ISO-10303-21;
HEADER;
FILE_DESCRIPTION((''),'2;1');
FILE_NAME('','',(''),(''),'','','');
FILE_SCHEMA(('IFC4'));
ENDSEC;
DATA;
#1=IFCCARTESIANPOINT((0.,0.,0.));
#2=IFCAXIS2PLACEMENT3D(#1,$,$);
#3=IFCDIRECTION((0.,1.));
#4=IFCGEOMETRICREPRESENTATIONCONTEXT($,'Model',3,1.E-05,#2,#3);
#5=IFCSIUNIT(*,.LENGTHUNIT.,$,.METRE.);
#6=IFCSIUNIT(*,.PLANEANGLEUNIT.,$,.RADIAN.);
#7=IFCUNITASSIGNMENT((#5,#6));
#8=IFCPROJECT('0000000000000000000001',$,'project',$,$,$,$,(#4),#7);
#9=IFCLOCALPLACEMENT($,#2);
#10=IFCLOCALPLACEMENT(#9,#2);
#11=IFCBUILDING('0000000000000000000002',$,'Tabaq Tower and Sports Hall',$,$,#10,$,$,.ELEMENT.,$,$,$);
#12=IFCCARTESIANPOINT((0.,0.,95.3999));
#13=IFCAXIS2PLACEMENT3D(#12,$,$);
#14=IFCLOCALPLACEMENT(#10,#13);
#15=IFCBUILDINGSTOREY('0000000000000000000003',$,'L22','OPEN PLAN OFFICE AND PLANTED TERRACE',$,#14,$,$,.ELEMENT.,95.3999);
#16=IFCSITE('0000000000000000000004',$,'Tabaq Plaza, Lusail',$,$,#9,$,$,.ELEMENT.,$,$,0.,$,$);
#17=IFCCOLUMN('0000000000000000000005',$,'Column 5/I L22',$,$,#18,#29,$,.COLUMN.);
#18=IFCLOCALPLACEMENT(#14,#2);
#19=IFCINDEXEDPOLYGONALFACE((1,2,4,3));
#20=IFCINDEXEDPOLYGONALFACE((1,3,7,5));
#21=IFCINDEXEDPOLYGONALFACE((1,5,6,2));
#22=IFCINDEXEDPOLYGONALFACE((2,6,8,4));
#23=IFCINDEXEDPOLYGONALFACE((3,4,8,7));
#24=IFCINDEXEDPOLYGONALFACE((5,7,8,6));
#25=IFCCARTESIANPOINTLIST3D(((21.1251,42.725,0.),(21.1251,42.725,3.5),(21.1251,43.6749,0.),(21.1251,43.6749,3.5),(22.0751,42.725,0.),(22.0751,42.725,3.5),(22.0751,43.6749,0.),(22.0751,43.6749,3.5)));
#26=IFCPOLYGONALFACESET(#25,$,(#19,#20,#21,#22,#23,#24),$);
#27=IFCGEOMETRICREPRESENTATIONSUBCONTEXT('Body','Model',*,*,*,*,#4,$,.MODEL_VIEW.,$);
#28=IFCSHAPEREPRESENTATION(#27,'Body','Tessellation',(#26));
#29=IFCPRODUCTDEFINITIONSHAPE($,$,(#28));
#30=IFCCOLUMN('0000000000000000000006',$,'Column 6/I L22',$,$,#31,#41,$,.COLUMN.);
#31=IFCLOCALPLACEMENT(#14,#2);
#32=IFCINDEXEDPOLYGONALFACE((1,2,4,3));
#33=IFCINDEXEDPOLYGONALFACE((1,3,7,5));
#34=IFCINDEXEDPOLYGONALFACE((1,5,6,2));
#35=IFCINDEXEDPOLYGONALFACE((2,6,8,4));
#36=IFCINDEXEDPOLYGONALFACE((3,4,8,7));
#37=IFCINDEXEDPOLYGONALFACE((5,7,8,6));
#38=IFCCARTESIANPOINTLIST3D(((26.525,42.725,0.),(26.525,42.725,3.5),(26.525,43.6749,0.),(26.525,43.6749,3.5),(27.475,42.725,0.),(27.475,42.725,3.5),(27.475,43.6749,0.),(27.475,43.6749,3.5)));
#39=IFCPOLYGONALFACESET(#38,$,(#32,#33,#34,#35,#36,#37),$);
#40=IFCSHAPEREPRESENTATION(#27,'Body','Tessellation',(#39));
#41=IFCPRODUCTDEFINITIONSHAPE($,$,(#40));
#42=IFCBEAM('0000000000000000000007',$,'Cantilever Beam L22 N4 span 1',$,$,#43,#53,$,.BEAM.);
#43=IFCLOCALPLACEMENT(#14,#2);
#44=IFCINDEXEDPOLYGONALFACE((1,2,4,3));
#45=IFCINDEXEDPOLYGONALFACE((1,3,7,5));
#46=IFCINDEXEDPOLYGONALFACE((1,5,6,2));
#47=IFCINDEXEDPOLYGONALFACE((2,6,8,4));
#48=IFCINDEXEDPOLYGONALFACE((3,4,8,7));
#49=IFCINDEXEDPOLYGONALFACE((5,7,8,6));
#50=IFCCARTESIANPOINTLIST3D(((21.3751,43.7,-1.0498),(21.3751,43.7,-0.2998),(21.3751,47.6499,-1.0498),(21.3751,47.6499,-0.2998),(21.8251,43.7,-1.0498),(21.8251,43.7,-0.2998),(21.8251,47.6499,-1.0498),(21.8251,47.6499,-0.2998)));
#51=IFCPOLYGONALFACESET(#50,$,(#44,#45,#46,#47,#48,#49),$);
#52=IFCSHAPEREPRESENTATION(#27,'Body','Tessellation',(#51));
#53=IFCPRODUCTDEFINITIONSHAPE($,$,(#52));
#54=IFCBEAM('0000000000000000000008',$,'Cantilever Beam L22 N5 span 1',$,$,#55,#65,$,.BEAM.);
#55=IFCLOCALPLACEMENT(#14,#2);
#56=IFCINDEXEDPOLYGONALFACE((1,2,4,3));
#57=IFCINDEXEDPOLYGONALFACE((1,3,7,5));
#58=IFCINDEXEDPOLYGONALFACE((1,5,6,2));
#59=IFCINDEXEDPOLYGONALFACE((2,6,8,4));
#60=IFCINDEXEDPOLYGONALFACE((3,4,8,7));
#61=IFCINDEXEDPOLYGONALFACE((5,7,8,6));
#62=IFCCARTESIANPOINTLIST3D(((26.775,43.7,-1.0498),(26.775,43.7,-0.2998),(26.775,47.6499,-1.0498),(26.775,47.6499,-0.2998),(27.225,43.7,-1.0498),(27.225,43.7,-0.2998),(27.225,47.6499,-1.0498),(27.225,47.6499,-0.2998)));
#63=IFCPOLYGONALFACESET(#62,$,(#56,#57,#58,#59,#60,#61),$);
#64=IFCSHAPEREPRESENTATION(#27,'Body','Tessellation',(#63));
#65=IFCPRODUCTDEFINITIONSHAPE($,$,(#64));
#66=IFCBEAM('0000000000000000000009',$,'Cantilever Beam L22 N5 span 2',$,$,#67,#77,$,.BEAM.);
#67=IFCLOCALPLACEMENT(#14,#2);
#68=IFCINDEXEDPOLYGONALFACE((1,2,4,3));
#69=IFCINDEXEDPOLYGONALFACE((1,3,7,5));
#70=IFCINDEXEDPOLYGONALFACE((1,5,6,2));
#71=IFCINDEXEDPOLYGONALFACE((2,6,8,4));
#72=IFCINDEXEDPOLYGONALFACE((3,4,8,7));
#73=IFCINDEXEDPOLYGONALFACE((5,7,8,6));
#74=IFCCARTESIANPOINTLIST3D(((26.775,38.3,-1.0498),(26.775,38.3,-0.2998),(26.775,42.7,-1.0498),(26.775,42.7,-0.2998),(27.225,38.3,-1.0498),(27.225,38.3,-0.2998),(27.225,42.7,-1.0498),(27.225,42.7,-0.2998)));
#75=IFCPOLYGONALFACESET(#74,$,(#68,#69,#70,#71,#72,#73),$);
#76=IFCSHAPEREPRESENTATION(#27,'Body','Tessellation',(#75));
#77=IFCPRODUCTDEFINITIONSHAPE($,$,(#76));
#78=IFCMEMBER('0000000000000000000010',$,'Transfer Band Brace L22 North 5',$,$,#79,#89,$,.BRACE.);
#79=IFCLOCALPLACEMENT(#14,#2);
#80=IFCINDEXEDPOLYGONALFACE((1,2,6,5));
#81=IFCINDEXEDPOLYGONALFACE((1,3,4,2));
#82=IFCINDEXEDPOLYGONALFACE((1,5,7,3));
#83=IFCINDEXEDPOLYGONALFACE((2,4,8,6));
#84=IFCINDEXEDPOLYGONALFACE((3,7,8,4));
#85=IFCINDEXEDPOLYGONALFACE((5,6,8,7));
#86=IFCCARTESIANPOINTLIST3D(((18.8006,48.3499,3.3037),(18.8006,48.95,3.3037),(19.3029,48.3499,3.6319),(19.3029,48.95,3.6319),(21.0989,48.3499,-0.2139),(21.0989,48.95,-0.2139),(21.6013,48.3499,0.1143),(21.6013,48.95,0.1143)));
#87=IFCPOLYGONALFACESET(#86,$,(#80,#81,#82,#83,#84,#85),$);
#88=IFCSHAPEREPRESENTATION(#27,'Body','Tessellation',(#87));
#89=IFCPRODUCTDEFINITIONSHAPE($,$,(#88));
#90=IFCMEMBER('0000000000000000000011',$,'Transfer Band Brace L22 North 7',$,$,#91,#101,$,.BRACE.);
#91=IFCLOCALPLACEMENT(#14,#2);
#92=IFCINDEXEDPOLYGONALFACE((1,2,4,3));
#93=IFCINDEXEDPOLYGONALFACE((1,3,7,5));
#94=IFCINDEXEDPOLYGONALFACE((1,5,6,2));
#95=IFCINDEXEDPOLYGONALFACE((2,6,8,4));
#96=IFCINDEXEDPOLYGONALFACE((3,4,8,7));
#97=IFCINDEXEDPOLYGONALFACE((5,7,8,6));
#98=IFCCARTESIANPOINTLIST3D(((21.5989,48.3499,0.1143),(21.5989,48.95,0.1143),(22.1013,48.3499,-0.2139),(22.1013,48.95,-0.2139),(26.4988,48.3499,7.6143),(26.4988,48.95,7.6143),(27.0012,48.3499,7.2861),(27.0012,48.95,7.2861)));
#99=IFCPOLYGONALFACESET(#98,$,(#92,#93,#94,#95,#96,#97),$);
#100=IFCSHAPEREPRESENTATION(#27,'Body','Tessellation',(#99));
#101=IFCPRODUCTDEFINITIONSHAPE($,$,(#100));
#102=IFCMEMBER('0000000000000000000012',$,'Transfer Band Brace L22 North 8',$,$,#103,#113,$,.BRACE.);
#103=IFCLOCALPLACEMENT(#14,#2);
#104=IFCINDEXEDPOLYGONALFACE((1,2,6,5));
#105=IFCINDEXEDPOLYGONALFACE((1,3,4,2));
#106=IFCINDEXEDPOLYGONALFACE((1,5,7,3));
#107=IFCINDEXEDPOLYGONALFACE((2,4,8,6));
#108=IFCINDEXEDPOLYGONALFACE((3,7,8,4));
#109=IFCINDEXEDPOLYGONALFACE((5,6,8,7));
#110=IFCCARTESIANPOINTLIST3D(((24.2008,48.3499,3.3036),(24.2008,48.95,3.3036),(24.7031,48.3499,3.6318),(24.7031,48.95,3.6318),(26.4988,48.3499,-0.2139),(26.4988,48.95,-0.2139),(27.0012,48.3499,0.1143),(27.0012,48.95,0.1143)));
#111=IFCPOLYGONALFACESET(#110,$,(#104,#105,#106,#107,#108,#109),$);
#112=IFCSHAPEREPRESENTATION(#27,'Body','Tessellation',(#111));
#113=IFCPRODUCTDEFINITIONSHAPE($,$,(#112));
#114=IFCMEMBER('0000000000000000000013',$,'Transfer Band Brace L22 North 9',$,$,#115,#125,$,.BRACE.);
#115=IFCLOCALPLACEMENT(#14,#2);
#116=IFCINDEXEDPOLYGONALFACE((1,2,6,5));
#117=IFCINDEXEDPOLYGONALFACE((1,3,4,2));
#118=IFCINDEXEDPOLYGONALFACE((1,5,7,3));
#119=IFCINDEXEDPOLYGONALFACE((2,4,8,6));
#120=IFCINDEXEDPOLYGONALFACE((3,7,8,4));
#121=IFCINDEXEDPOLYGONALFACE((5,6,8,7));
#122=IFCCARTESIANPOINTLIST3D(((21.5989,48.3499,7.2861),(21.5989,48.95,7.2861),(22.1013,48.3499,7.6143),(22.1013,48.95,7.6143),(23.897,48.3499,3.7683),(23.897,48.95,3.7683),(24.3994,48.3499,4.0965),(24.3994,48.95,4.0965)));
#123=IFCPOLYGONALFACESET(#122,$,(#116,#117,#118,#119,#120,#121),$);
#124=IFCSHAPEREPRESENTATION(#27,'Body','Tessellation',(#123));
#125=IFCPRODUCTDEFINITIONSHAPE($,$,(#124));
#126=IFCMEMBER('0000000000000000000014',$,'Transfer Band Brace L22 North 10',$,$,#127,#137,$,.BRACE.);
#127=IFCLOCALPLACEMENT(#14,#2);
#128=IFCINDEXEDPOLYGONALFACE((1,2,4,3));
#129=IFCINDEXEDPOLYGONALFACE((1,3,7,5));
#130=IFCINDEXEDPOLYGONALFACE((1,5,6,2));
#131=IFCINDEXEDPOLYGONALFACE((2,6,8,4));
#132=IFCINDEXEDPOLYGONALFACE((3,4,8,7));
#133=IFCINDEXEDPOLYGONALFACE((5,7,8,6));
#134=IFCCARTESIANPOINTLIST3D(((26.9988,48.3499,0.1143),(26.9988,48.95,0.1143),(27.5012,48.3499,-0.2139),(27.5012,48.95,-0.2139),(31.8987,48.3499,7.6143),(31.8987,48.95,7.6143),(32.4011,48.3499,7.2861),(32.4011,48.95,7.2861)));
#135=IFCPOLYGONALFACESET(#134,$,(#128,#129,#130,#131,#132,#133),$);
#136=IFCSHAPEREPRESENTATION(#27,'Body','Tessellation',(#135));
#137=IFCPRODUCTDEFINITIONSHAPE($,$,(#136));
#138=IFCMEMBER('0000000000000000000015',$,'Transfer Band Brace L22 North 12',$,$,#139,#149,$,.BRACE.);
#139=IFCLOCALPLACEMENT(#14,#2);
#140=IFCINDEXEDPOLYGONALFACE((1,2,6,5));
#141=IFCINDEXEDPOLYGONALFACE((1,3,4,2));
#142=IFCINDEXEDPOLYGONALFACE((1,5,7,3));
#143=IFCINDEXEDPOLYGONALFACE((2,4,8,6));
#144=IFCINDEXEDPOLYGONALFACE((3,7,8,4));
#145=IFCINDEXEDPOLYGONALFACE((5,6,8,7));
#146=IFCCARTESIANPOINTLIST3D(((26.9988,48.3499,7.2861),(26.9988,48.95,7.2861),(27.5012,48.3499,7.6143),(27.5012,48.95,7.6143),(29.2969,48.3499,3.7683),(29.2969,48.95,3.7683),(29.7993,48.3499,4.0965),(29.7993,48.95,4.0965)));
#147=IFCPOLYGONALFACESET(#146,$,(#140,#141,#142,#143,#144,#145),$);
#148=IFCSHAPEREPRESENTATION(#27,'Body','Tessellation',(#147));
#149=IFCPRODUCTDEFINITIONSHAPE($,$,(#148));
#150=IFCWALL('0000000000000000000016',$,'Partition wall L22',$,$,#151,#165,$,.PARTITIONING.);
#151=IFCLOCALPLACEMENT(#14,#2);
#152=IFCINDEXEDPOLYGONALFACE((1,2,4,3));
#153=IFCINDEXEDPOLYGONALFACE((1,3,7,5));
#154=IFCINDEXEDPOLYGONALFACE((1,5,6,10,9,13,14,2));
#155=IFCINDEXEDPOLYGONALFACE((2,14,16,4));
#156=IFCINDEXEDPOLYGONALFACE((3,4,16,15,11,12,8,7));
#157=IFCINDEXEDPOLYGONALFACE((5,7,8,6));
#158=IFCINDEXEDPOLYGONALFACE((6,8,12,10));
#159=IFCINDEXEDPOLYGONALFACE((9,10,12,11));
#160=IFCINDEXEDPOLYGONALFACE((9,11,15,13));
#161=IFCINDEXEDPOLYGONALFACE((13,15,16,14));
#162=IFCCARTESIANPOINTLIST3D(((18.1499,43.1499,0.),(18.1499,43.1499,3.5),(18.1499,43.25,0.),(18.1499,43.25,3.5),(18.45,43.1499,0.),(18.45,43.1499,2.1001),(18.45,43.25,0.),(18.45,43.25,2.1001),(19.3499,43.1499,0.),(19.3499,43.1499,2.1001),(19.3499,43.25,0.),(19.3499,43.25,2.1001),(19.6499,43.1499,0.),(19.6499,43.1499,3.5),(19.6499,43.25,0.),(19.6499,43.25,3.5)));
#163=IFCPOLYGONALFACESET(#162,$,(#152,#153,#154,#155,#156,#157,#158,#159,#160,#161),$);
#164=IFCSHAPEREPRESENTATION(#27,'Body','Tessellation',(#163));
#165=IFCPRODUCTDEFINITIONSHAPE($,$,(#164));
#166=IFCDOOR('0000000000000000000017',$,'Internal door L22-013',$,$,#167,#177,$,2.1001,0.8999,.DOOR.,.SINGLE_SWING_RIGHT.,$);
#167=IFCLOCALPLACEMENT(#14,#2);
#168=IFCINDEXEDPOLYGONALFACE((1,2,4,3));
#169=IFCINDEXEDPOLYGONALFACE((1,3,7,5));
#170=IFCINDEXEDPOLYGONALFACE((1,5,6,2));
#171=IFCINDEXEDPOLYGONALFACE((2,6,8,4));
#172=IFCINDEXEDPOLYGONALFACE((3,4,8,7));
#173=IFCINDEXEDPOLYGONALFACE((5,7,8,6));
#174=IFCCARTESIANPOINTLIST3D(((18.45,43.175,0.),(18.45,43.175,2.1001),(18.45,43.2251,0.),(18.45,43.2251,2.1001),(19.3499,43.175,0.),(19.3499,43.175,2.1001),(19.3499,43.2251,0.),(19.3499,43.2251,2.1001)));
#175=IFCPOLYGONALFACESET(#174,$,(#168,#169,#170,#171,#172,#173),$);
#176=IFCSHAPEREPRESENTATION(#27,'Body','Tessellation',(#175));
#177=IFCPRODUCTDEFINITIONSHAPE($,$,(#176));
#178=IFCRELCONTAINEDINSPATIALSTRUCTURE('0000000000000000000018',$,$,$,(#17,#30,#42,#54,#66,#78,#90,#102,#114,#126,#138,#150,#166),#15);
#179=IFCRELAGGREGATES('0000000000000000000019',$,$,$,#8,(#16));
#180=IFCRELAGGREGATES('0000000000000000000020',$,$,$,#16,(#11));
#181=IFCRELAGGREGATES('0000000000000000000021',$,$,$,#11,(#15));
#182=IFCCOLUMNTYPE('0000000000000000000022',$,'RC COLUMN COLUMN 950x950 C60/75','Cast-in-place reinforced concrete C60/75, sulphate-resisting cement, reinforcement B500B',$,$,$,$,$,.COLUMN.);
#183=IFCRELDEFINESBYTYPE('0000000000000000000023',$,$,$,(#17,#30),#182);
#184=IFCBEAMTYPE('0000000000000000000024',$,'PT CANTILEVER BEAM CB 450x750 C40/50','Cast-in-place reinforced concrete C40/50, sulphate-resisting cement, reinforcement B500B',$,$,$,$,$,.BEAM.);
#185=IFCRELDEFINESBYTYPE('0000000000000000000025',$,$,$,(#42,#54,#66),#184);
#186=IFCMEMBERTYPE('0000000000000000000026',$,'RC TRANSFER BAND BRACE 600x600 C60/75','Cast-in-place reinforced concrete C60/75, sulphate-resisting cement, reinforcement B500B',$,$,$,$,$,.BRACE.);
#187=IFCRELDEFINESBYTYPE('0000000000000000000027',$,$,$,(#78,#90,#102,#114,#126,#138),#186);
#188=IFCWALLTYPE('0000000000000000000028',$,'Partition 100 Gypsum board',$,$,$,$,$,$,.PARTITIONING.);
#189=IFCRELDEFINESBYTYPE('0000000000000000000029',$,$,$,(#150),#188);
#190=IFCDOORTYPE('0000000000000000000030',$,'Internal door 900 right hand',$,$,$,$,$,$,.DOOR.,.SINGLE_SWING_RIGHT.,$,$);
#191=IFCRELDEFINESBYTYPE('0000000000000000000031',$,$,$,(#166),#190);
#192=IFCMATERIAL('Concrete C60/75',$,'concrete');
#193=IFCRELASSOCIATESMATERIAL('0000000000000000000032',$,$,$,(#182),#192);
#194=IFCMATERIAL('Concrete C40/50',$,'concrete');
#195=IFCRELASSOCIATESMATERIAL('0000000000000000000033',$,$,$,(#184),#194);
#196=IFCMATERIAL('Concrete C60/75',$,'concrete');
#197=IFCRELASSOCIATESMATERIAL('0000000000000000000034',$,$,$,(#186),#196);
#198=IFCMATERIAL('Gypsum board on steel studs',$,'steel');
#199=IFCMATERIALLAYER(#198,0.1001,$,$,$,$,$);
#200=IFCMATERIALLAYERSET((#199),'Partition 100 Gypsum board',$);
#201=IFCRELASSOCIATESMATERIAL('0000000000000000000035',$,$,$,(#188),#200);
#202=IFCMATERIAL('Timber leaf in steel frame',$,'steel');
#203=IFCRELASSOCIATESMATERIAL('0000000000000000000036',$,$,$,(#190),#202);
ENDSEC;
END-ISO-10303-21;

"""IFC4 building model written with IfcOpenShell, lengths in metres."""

from ifc_helpers import new_model, si_unit, direction, frame, frame_2d, origin, origin_2d, place, context, subcontext, project, spatial, rectangle, extrude, material, layer, layer_set, material_profile, profile_set, type_object, element, fill, save


model = new_model("IFC4")

# Units and contexts
model_context = context("Model", 3, precision=1e-05, world=origin(), true_north=direction((0.0, 1.0)))
body_context = subcontext(model_context, "Body", "Model", "MODEL_VIEW")
ifc_project = project(units=[si_unit("LENGTHUNIT", "METRE"), si_unit("PLANEANGLEUNIT", "RADIAN")], contexts=[model_context])

# Site, building, storey
site_placement = place(None, origin())
site = spatial("IfcSite", under=ifc_project, at=site_placement, Name="Tabaq Plaza, Lusail", CompositionType="ELEMENT", RefElevation=0.0)
building_placement = place(site_placement, origin())
building = spatial("IfcBuilding", under=site, at=building_placement, Name="Tabaq Tower and Sports Hall", CompositionType="ELEMENT")
storey_placement = place(building_placement, frame((0.0, 0.0, 95.3999)))
storey = spatial("IfcBuildingStorey", under=building, at=storey_placement, Name="L22", Description="OPEN PLAN OFFICE AND PLANTED TERRACE", CompositionType="ELEMENT", Elevation=95.3999)

# Columns
ifc_material_1 = material(Name="Concrete C60/75", Category="concrete")
ifc_material_profile_1 = material_profile(ifc_material_1, rectangle(XDim=0.95, YDim=0.95, at=origin_2d()), Name="COLUMN 950x950")
ifc_profile_set_1 = profile_set([ifc_material_profile_1], Name="Concrete C60/75")
column_type = type_object("IfcColumnType", Name="RC COLUMN COLUMN 950x950 C60/75", Description="Cast-in-place reinforced concrete C60/75, sulphate-resisting cement, reinforcement B500B", PredefinedType="COLUMN", material=ifc_profile_set_1)
for number, where, z_axis, x_axis, name in (
    (1, (21.6001, 43.2, 0.0), (0.0, 0.0, 1.0), (1.0, 0.0, 0.0), "Column 5/I L22"),
    (2, (27.0, 43.2, 0.0), (0.0, 0.0, 1.0), (1.0, 0.0, 0.0), "Column 6/I L22"),
):
    element("IfcColumn", number, at=place(storey_placement, frame(where, z_axis=z_axis, x_axis=x_axis)), inside=storey, type_object=column_type, Name=name, PredefinedType="COLUMN", context=body_context, shape_type="SweptSolid", body=[
        extrude(rectangle(XDim=0.95, YDim=0.95, at=origin_2d()), origin(), (0.0, 0.0, 1.0), 3.5),
    ])

# Beams
ifc_material_2 = material(Name="Concrete C40/50", Category="concrete")
ifc_material_profile_2 = material_profile(ifc_material_2, rectangle(XDim=0.45, YDim=0.75, at=origin_2d()), Name="CB 450x750")
ifc_profile_set_2 = profile_set([ifc_material_profile_2], Name="Concrete C40/50")
beam_type = type_object("IfcBeamType", Name="PT CANTILEVER BEAM CB 450x750 C40/50", Description="Cast-in-place reinforced concrete C40/50, sulphate-resisting cement, reinforcement B500B", PredefinedType="BEAM", material=ifc_profile_set_2)
for number, where, z_axis, x_axis, name in (
    (3, (21.6001, 47.6499, -0.6748), (0.0, -1.0, 0.0), (1.0, 0.0, 0.0), "Cantilever Beam L22 N4 span 1"),
    (4, (27.0, 47.6499, -0.6748), (0.0, -1.0, 0.0), (1.0, 0.0, 0.0), "Cantilever Beam L22 N5 span 1"),
):
    element("IfcBeam", number, at=place(storey_placement, frame(where, z_axis=z_axis, x_axis=x_axis)), inside=storey, type_object=beam_type, Name=name, PredefinedType="BEAM", context=body_context, shape_type="SweptSolid", body=[
        extrude(rectangle(XDim=0.45, YDim=0.75, at=origin_2d()), origin(), (0.0, 0.0, 1.0), 3.95),
    ])
beam_placement = place(storey_placement, frame((27.0, 42.7, -0.6748), z_axis=(0.0, -1.0, 0.0), x_axis=(1.0, 0.0, 0.0)))
element("IfcBeam", 5, at=beam_placement, inside=storey, type_object=beam_type, Name="Cantilever Beam L22 N5 span 2", PredefinedType="BEAM", context=body_context, shape_type="SweptSolid", body=[
    extrude(rectangle(XDim=0.45, YDim=0.75, at=origin_2d()), origin(), (0.0, 0.0, 1.0), 4.3999),
])

# Members
ifc_material_3 = material(Name="Concrete C60/75", Category="concrete")
ifc_material_profile_3 = material_profile(ifc_material_3, rectangle(XDim=0.6001, YDim=0.6001, at=origin_2d()), Name="TRANSFER BAND BRACE 600x600")
ifc_profile_set_3 = profile_set([ifc_material_profile_3], Name="Concrete C60/75")
member_type = type_object("IfcMemberType", Name="RC TRANSFER BAND BRACE 600x600 C60/75", Description="Cast-in-place reinforced concrete C60/75, sulphate-resisting cement, reinforcement B500B", PredefinedType="BRACE", material=ifc_profile_set_3)
member_1_placement = place(storey_placement, frame((21.3501, 48.6499, -0.0498), z_axis=(-0.54698, 0.0, 0.837146), x_axis=(0.0, -1.0, 0.0)))
element("IfcMember", 6, at=member_1_placement, inside=storey, type_object=member_type, Name="Transfer Band Brace L22 North 5", PredefinedType="BRACE", context=body_context, shape_type="SweptSolid", body=[
    extrude(rectangle(XDim=0.6001, YDim=0.6001, at=origin_2d()), origin(), (0.0, 0.0, 1.0), 4.2019),
])
member_2_placement = place(storey_placement, frame((21.8501, 48.6499, -0.0498), z_axis=(0.546941, 0.0, 0.837171), x_axis=(0.0, 1.0, 0.0)))
element("IfcMember", 7, at=member_2_placement, inside=storey, type_object=member_type, Name="Transfer Band Brace L22 North 7", PredefinedType="BRACE", context=body_context, shape_type="SweptSolid", body=[
    extrude(rectangle(XDim=0.6001, YDim=0.6001, at=origin_2d()), origin(), (0.0, 0.0, 1.0), 8.9587),
])
member_3_placement = place(storey_placement, frame((26.75, 48.6499, -0.0498), z_axis=(-0.546939, 0.0, 0.837172), x_axis=(0.0, -1.0, 0.0)))
element("IfcMember", 8, at=member_3_placement, inside=storey, type_object=member_type, Name="Transfer Band Brace L22 North 8", PredefinedType="BRACE", context=body_context, shape_type="SweptSolid", body=[
    extrude(rectangle(XDim=0.6001, YDim=0.6001, at=origin_2d()), origin(), (0.0, 0.0, 1.0), 4.2017),
])
member_4_placement = place(storey_placement, frame((24.1482, 48.6499, 3.9324), z_axis=(-0.546913, 0.0, 0.83719), x_axis=(0.0, -1.0, 0.0)))
element("IfcMember", 9, at=member_4_placement, inside=storey, type_object=member_type, Name="Transfer Band Brace L22 North 9", PredefinedType="BRACE", context=body_context, shape_type="SweptSolid", body=[
    extrude(rectangle(XDim=0.6001, YDim=0.6001, at=origin_2d()), origin(), (0.0, 0.0, 1.0), 4.2019),
])
member_5_placement = place(storey_placement, frame((27.25, 48.6499, -0.0498), z_axis=(0.546941, 0.0, 0.837171), x_axis=(0.0, 1.0, 0.0)))
element("IfcMember", 10, at=member_5_placement, inside=storey, type_object=member_type, Name="Transfer Band Brace L22 North 10", PredefinedType="BRACE", context=body_context, shape_type="SweptSolid", body=[
    extrude(rectangle(XDim=0.6001, YDim=0.6001, at=origin_2d()), origin(), (0.0, 0.0, 1.0), 8.9587),
])
member_6_placement = place(storey_placement, frame((29.5481, 48.6499, 3.9324), z_axis=(-0.546913, 0.0, 0.83719), x_axis=(0.0, -1.0, 0.0)))
element("IfcMember", 11, at=member_6_placement, inside=storey, type_object=member_type, Name="Transfer Band Brace L22 North 12", PredefinedType="BRACE", context=body_context, shape_type="SweptSolid", body=[
    extrude(rectangle(XDim=0.6001, YDim=0.6001, at=origin_2d()), origin(), (0.0, 0.0, 1.0), 4.2019),
])

# Wall, opening, door
ifc_material_4 = material(Name="Gypsum board on steel studs", Category="steel")
ifc_layer_1 = layer(ifc_material_4, 0.1001)
ifc_layer_set_1 = layer_set([ifc_layer_1], Name="Partition 100 Gypsum board")
wall_type_1 = type_object("IfcWallType", Name="Partition 100 Gypsum board", PredefinedType="PARTITIONING", material=ifc_layer_set_1)
wall_1_placement = place(storey_placement, frame((19.6499, 43.2, 0.0), z_axis=(0.0, 0.0, 1.0), x_axis=(-1.0, 0.0, 0.0)))
wall_1 = element("IfcWall", 12, at=wall_1_placement, inside=storey, type_object=wall_type_1, Name="Partition wall L22", PredefinedType="PARTITIONING", context=body_context, shape_type="SweptSolid", body=[
    extrude(rectangle(XDim=1.5, YDim=0.1001, at=frame_2d((0.75, 0.0))), origin(), (0.0, 0.0, 1.0), 3.5),
])
opening_1_placement = place(wall_1_placement, frame((0.3, 0.0, 0.0)))
opening_1 = element("IfcOpeningElement", 13, at=opening_1_placement, cuts=wall_1, PredefinedType="OPENING", context=body_context, shape_type="SweptSolid", body=[
    extrude(rectangle(XDim=0.8999, YDim=2.1001, at=frame_2d((0.45, 1.05))), frame((0.0, 0.05, 0.0), z_axis=(0.0, -1.0, 0.0), x_axis=(1.0, 0.0, 0.0)), (0.0, 0.0, 1.0), 0.1001),
])
ifc_material_5 = material(Name="Timber leaf in steel frame", Category="steel")
door_type_1 = type_object("IfcDoorType", Name="Internal door 900 right hand", OperationType="SINGLE_SWING_RIGHT", PredefinedType="DOOR", material=ifc_material_5)
door_1_placement = place(opening_1_placement, origin())
door_1 = element("IfcDoor", 14, at=door_1_placement, inside=storey, type_object=door_type_1, Name="Internal door L22-013", OperationType="SINGLE_SWING_RIGHT", OverallHeight=2.1001, OverallWidth=0.8999, PredefinedType="DOOR", context=body_context, shape_type="SweptSolid", body=[
    extrude(rectangle(XDim=0.8999, YDim=2.1001, at=frame_2d((0.45, 1.05))), frame((0.0, 0.0249, 0.0), z_axis=(0.0, -1.0, 0.0), x_axis=(1.0, 0.0, 0.0)), (0.0, 0.0, 1.0), 0.05),
])
fill(opening_1, door_1)

save(model, "model.ifc")
